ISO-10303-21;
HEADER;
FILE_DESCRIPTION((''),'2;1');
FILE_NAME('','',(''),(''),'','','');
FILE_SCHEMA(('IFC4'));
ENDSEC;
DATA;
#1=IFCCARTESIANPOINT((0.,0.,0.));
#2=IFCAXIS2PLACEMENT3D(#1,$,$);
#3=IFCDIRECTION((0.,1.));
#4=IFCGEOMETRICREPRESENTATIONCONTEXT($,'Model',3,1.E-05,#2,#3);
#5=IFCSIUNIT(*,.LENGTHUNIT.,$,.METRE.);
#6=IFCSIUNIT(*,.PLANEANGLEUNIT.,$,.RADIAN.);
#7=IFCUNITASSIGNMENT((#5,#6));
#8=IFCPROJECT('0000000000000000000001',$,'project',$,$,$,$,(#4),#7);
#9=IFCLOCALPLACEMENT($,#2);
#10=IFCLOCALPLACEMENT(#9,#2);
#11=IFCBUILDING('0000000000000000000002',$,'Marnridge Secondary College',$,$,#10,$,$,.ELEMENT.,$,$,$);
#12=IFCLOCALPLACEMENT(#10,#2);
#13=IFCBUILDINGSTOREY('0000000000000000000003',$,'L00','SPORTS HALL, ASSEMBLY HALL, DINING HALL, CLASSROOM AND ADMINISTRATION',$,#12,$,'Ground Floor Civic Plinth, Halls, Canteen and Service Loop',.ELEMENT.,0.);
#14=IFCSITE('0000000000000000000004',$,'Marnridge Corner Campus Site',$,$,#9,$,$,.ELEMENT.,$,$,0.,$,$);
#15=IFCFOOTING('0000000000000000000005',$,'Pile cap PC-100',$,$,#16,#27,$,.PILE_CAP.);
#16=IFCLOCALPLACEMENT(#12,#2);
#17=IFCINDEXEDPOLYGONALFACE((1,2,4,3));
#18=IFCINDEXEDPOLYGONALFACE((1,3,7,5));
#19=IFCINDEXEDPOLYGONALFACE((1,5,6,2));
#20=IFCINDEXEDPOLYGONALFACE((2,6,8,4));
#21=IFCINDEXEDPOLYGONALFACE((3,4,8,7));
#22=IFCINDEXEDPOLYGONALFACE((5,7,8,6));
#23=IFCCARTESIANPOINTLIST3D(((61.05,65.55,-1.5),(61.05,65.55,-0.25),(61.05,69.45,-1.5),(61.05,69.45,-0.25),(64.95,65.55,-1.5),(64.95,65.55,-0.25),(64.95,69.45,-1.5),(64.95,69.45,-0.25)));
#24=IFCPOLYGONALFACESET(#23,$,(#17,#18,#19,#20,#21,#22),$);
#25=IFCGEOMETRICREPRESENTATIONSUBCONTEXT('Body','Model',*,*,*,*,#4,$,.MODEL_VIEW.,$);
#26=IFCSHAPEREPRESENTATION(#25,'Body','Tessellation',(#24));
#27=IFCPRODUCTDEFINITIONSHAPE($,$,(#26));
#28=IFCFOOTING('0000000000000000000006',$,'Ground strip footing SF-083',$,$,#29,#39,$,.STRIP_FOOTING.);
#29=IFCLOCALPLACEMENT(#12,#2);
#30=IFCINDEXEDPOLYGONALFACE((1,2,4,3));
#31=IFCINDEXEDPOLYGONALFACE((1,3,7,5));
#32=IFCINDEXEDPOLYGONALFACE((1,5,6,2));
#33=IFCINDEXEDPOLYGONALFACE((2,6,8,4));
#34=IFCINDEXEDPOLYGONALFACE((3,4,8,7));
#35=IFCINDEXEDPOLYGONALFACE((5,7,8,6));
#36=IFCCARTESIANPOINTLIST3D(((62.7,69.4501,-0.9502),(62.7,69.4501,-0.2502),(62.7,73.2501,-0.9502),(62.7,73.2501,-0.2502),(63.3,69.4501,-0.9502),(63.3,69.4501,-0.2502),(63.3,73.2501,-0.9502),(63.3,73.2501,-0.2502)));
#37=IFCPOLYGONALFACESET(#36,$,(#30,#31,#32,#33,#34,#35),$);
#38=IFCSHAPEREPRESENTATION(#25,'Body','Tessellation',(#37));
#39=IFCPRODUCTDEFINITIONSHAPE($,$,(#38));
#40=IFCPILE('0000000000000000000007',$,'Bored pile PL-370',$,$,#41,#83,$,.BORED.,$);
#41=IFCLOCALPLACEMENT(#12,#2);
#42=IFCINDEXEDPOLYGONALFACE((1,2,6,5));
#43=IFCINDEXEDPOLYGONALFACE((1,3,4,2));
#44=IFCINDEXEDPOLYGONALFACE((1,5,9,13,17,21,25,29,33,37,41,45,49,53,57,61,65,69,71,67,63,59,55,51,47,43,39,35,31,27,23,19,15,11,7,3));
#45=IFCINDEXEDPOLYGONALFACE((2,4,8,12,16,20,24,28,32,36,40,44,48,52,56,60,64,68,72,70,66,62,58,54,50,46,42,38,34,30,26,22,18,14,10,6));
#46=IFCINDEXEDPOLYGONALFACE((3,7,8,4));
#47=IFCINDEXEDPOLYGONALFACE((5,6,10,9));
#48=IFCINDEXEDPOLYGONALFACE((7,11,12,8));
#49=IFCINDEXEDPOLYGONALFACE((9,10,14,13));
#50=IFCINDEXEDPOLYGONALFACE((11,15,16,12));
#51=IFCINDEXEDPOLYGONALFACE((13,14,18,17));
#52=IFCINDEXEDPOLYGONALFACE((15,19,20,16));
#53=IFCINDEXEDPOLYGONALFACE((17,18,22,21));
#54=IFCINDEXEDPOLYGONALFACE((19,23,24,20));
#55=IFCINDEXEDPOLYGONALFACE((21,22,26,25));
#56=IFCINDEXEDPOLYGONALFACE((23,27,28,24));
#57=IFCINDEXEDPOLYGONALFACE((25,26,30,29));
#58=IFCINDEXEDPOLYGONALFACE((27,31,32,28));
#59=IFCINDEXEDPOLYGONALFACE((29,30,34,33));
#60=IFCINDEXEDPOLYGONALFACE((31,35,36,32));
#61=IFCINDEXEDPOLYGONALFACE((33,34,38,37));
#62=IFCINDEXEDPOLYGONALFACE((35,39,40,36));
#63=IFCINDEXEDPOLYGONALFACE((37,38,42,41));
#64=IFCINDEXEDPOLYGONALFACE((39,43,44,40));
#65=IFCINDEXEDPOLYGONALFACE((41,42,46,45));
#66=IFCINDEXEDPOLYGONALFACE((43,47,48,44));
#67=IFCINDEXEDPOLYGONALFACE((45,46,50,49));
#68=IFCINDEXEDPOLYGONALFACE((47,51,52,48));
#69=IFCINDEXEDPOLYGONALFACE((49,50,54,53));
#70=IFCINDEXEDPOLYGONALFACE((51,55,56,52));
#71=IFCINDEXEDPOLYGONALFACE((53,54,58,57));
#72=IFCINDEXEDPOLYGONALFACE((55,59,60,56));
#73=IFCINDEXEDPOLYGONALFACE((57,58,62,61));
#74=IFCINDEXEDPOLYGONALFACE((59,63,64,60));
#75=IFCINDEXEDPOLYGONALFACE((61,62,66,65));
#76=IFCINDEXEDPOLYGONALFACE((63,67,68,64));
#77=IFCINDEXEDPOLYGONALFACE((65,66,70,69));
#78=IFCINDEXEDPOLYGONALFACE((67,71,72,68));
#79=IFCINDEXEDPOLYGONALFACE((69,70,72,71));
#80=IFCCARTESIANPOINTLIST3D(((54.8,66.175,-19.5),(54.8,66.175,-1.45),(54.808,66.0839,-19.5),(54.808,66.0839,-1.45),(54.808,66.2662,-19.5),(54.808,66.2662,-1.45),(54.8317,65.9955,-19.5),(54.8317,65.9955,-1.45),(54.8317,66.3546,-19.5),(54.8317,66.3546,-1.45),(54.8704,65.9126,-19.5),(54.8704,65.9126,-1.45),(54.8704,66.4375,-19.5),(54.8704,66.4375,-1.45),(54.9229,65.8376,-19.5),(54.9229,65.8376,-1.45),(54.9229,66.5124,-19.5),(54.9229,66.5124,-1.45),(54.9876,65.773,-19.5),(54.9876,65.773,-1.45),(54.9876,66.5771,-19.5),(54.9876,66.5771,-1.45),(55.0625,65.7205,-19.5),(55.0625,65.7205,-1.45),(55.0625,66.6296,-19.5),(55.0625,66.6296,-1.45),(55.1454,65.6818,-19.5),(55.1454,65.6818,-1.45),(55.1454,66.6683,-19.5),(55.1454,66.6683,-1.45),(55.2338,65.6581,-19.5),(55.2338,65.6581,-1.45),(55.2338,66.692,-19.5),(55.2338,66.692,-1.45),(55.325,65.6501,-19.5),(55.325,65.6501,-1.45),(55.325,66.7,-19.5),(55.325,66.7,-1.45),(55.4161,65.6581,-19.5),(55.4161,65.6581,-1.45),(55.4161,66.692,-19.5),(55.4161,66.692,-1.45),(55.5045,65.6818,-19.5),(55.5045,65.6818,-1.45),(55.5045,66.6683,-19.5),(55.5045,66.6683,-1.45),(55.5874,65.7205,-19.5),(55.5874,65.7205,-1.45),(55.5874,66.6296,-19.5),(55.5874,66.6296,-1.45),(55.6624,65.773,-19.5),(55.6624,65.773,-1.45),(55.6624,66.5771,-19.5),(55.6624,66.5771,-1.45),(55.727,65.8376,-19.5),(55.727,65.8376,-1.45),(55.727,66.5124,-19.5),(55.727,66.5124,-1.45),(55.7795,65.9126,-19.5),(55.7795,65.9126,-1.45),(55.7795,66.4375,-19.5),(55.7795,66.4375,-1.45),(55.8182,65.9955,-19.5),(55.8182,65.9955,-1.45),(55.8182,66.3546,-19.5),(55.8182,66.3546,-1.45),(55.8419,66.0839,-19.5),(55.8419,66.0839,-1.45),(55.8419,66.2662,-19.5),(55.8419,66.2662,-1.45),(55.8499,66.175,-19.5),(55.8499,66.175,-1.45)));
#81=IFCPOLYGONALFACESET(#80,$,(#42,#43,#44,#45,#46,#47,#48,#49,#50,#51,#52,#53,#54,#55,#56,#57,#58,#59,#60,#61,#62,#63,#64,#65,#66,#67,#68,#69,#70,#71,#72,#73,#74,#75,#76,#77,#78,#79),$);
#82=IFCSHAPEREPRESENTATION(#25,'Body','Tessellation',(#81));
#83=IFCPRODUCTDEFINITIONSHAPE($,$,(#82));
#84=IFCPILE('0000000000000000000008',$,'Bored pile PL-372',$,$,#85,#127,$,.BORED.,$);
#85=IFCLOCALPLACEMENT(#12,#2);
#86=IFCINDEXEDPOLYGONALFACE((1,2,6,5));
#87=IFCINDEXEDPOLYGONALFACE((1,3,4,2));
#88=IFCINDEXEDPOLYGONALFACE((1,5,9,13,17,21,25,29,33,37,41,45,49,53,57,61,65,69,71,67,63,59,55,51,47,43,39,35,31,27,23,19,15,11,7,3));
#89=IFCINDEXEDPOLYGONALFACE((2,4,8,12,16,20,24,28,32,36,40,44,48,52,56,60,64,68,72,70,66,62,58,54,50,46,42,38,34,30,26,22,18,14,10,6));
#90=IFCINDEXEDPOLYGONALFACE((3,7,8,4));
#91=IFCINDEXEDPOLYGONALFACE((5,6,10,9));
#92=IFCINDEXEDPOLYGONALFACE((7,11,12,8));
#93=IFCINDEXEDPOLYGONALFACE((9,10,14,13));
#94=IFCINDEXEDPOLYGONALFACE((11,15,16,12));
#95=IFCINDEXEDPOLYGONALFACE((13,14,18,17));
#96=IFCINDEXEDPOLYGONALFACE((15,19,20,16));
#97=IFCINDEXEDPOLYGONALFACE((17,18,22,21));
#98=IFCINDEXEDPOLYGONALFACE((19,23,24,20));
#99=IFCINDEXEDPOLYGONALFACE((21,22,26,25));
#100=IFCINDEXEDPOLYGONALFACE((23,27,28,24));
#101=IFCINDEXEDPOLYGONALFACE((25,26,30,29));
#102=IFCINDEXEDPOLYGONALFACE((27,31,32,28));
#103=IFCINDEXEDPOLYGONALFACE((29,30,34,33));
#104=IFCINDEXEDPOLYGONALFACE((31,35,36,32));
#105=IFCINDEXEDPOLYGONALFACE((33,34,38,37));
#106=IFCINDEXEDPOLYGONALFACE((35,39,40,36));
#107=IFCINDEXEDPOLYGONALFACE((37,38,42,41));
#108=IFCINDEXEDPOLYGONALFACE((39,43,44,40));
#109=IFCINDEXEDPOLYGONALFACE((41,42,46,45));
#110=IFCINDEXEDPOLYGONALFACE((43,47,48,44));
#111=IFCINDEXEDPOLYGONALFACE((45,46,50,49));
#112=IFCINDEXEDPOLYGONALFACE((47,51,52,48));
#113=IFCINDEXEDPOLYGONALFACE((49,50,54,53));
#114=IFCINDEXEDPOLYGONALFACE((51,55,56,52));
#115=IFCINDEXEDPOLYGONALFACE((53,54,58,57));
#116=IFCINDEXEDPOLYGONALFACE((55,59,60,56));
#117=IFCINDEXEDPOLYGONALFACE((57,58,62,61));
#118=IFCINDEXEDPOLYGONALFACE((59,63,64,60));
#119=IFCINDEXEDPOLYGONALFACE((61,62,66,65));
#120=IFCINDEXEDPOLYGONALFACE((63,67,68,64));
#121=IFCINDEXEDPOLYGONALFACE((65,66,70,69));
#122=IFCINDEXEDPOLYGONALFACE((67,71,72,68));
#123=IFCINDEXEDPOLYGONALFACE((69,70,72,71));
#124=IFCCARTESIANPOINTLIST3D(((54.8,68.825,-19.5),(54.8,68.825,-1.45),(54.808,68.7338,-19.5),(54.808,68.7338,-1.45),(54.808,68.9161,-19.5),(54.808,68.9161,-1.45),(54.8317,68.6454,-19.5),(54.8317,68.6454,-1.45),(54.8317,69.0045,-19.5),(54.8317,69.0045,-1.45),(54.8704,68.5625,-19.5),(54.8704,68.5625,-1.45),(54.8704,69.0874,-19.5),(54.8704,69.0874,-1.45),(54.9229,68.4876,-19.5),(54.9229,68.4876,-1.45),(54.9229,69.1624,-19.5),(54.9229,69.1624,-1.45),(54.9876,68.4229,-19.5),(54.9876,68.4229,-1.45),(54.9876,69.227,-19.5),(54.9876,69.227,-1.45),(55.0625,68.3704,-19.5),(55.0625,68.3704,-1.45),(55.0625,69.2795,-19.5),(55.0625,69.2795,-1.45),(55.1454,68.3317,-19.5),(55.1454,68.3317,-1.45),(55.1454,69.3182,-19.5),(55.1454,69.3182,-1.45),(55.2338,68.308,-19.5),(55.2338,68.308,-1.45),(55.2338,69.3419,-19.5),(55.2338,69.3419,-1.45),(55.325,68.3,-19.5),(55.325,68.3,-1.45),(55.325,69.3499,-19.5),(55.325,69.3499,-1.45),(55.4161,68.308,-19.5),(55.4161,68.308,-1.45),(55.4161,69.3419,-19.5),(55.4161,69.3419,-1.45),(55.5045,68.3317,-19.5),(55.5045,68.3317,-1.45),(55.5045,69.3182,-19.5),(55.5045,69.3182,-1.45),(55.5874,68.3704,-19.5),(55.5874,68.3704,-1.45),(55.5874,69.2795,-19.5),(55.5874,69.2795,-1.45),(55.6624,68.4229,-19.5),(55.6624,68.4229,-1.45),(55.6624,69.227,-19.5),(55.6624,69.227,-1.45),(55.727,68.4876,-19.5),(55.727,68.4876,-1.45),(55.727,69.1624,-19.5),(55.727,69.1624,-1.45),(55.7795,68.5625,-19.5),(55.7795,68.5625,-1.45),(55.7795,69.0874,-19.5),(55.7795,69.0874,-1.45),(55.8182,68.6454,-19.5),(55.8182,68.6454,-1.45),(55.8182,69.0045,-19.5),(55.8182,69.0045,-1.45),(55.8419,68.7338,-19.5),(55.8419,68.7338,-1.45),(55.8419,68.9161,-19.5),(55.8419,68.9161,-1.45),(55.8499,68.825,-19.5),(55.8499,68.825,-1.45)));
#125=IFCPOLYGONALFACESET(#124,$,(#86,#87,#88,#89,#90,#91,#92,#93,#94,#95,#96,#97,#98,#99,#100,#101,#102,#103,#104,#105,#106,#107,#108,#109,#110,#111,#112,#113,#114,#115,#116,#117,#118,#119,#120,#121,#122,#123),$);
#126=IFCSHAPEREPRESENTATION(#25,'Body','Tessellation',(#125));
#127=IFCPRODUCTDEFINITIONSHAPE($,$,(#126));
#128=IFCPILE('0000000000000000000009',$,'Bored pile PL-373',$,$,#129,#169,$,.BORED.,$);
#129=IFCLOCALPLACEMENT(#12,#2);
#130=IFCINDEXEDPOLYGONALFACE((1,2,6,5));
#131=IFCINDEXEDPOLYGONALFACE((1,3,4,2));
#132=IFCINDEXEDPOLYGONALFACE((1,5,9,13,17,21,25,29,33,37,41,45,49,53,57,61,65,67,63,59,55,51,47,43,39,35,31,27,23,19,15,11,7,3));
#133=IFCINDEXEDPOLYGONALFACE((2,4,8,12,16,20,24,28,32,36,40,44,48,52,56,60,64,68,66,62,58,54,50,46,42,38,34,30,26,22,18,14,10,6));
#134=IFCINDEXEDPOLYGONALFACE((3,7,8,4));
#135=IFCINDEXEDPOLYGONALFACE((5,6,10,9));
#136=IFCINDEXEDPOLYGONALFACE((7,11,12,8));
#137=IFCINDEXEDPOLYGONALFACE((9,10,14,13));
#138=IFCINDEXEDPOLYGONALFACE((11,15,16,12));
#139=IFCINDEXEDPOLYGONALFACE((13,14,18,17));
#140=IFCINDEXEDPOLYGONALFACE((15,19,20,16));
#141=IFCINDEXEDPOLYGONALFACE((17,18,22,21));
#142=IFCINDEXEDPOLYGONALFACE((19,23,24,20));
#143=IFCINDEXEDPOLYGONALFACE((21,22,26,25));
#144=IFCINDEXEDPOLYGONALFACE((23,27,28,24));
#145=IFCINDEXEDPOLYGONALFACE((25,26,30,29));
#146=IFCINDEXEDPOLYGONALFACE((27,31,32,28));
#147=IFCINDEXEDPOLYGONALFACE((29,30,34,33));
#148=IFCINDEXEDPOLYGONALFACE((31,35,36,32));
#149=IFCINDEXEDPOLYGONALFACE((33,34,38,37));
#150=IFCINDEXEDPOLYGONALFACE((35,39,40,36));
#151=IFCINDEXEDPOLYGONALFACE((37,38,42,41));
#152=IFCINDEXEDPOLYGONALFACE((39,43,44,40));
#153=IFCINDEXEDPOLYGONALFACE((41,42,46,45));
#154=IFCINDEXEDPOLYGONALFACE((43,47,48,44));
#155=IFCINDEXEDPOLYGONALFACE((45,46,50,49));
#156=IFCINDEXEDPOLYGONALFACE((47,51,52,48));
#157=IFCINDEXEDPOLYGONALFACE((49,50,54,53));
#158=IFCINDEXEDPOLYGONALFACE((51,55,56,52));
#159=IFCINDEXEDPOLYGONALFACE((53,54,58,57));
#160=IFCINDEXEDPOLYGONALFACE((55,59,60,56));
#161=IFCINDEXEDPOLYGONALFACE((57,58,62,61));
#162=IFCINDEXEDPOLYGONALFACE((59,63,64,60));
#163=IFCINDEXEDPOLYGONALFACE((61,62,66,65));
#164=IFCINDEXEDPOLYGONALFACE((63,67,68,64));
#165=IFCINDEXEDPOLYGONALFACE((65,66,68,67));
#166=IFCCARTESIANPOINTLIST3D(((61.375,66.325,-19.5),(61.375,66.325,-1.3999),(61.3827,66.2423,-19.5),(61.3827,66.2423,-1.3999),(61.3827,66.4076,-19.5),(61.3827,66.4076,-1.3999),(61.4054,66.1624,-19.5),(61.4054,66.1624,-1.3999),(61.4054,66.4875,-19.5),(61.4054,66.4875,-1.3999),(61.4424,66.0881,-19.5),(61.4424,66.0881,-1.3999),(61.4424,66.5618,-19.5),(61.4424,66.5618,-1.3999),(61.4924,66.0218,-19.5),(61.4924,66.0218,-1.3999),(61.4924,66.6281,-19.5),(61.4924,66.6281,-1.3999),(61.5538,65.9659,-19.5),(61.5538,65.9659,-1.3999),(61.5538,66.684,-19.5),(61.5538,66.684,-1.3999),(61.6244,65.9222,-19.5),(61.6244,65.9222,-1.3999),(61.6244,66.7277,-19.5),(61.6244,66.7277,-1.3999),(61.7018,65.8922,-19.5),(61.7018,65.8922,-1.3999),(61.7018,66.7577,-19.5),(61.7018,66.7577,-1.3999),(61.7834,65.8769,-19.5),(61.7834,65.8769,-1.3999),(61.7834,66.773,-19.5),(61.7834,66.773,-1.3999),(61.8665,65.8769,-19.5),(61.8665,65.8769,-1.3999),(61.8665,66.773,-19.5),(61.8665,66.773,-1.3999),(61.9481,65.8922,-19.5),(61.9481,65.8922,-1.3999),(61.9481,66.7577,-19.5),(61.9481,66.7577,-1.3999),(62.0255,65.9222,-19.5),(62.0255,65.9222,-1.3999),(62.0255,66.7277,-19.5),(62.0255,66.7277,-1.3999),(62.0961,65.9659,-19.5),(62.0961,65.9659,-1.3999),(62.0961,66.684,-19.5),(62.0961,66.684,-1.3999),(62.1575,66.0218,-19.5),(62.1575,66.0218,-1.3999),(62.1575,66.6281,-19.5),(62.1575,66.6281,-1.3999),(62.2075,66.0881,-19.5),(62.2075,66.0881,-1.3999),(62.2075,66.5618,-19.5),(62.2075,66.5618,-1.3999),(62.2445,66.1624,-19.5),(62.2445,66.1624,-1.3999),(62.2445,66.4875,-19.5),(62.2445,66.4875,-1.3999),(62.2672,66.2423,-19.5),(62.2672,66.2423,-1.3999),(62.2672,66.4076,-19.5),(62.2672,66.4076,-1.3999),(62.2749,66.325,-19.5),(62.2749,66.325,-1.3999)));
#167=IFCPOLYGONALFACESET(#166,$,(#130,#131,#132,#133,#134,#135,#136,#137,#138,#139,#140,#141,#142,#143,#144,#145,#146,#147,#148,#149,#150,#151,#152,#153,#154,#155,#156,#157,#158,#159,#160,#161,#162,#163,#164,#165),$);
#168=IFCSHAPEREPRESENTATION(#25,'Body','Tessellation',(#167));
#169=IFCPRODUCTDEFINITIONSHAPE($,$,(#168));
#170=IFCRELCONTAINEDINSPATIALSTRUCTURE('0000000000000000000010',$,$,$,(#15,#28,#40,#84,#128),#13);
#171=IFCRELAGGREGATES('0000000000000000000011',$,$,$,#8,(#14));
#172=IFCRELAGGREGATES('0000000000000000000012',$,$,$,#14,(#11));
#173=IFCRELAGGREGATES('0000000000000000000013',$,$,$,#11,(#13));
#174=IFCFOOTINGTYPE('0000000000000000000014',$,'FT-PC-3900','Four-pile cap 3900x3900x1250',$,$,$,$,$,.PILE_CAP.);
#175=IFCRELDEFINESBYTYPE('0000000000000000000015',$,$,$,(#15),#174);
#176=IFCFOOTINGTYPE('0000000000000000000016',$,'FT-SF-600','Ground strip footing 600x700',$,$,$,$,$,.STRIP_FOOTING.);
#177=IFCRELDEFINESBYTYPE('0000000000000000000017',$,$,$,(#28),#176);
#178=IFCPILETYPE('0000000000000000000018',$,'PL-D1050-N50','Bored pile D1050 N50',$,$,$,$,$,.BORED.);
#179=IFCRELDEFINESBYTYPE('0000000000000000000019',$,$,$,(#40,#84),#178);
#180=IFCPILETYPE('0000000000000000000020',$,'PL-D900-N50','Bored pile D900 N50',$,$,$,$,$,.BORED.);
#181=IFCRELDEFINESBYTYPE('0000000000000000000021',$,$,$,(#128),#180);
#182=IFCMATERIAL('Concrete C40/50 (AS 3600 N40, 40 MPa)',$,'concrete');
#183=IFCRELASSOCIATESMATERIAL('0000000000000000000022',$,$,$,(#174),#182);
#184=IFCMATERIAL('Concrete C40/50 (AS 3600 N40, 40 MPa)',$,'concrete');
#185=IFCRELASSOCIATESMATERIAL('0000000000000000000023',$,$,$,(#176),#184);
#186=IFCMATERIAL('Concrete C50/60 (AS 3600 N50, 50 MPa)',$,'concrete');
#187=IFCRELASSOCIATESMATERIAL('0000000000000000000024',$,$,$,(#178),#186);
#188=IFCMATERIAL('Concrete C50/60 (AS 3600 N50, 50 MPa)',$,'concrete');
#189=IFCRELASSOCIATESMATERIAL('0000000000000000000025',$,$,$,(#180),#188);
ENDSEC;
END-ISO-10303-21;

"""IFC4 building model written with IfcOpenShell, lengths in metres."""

from ifc_helpers import new_model, si_unit, direction, frame, origin, origin_2d, place, context, subcontext, project, spatial, rectangle, circle, extrude, material, material_profile, profile_set, type_object, element, save


model = new_model("IFC4")

# Units and contexts
model_context = context("Model", 3, precision=1e-05, world=origin(), true_north=direction((0.0, 1.0)))
body_context = subcontext(model_context, "Body", "Model", "MODEL_VIEW")
ifc_project = project(units=[si_unit("LENGTHUNIT", "METRE"), si_unit("PLANEANGLEUNIT", "RADIAN")], contexts=[model_context])

# Site, building, storey
site_placement = place(None, origin())
site = spatial("IfcSite", under=ifc_project, at=site_placement, Name="Marnridge Corner Campus Site", CompositionType="ELEMENT", RefElevation=0.0)
building_placement = place(site_placement, origin())
building = spatial("IfcBuilding", under=site, at=building_placement, Name="Marnridge Secondary College", CompositionType="ELEMENT")
storey_placement = place(building_placement, origin())
storey = spatial("IfcBuildingStorey", under=building, at=storey_placement, Name="L00", Description="SPORTS HALL, ASSEMBLY HALL, DINING HALL, CLASSROOM AND ADMINISTRATION", LongName="Ground Floor Civic Plinth, Halls, Canteen and Service Loop", CompositionType="ELEMENT", Elevation=0.0)

# Footings
ifc_material_1 = material(Name="Concrete C40/50 (AS 3600 N40, 40 MPa)", Category="concrete")
footing_type_1 = type_object("IfcFootingType", Name="FT-PC-3900", Description="Four-pile cap 3900x3900x1250", PredefinedType="PILE_CAP", material=ifc_material_1)
footing_1_placement = place(storey_placement, frame((63.0, 67.5, -1.5), z_axis=(0.0, 0.0, 1.0), x_axis=(1.0, 0.0, 0.0)))
element("IfcFooting", 1, at=footing_1_placement, inside=storey, type_object=footing_type_1, Name="Pile cap PC-100", PredefinedType="PILE_CAP", context=body_context, shape_type="SweptSolid", body=[
    extrude(rectangle(XDim=3.8999, YDim=3.8999, at=origin_2d()), origin(), (0.0, 0.0, 1.0), 1.25),
])
ifc_material_2 = material(Name="Concrete C40/50 (AS 3600 N40, 40 MPa)", Category="concrete")
footing_type_2 = type_object("IfcFootingType", Name="FT-SF-600", Description="Ground strip footing 600x700", PredefinedType="STRIP_FOOTING", material=ifc_material_2)
footing_2_placement = place(storey_placement, frame((63.0, 71.3501, -0.9502), z_axis=(0.0, 0.0, 1.0), x_axis=(1.0, 0.0, 0.0)))
element("IfcFooting", 2, at=footing_2_placement, inside=storey, type_object=footing_type_2, Name="Ground strip footing SF-083", PredefinedType="STRIP_FOOTING", context=body_context, shape_type="SweptSolid", body=[
    extrude(rectangle(XDim=0.6001, YDim=3.8, at=origin_2d()), origin(), (0.0, 0.0, 1.0), 0.7),
])

# Piles
ifc_material_3 = material(Name="Concrete C50/60 (AS 3600 N50, 50 MPa)", Category="concrete")
ifc_material_profile_1 = material_profile(ifc_material_3, circle(Radius=0.5249, at=origin_2d()), Name="PILE D1050")
ifc_profile_set_1 = profile_set([ifc_material_profile_1], Name="Concrete C50/60 (AS 3600 N50, 50 MPa)")
pile_type_1 = type_object("IfcPileType", Name="PL-D1050-N50", Description="Bored pile D1050 N50", PredefinedType="BORED", material=ifc_profile_set_1)
for number, where, z_axis, x_axis, name in (
    (3, (55.325, 66.175, -1.45), (0.0, 0.0, -1.0), (1.0, 0.0, 0.0), "Bored pile PL-370"),
    (4, (55.325, 68.825, -1.45), (0.0, 0.0, -1.0), (1.0, 0.0, 0.0), "Bored pile PL-372"),
):
    element("IfcPile", number, at=place(storey_placement, frame(where, z_axis=z_axis, x_axis=x_axis)), inside=storey, type_object=pile_type_1, Name=name, PredefinedType="BORED", context=body_context, shape_type="SweptSolid", body=[
        extrude(circle(Radius=0.5249, at=origin_2d()), origin(), (0.0, 0.0, 1.0), 18.05),
    ])
ifc_material_4 = material(Name="Concrete C50/60 (AS 3600 N50, 50 MPa)", Category="concrete")
ifc_material_profile_2 = material_profile(ifc_material_4, circle(Radius=0.45, at=origin_2d()), Name="PILE D900")
ifc_profile_set_2 = profile_set([ifc_material_profile_2], Name="Concrete C50/60 (AS 3600 N50, 50 MPa)")
pile_type_2 = type_object("IfcPileType", Name="PL-D900-N50", Description="Bored pile D900 N50", PredefinedType="BORED", material=ifc_profile_set_2)
for number, where, z_axis, x_axis, name in (
    (5, (61.825, 66.325, -1.3999), (0.0, 0.0, -1.0), (1.0, 0.0, 0.0), "Bored pile PL-373"),
):
    element("IfcPile", number, at=place(storey_placement, frame(where, z_axis=z_axis, x_axis=x_axis)), inside=storey, type_object=pile_type_2, Name=name, PredefinedType="BORED", context=body_context, shape_type="SweptSolid", body=[
        extrude(circle(Radius=0.45, at=origin_2d()), origin(), (0.0, 0.0, 1.0), 18.1001),
    ])

save(model, "model.ifc")
